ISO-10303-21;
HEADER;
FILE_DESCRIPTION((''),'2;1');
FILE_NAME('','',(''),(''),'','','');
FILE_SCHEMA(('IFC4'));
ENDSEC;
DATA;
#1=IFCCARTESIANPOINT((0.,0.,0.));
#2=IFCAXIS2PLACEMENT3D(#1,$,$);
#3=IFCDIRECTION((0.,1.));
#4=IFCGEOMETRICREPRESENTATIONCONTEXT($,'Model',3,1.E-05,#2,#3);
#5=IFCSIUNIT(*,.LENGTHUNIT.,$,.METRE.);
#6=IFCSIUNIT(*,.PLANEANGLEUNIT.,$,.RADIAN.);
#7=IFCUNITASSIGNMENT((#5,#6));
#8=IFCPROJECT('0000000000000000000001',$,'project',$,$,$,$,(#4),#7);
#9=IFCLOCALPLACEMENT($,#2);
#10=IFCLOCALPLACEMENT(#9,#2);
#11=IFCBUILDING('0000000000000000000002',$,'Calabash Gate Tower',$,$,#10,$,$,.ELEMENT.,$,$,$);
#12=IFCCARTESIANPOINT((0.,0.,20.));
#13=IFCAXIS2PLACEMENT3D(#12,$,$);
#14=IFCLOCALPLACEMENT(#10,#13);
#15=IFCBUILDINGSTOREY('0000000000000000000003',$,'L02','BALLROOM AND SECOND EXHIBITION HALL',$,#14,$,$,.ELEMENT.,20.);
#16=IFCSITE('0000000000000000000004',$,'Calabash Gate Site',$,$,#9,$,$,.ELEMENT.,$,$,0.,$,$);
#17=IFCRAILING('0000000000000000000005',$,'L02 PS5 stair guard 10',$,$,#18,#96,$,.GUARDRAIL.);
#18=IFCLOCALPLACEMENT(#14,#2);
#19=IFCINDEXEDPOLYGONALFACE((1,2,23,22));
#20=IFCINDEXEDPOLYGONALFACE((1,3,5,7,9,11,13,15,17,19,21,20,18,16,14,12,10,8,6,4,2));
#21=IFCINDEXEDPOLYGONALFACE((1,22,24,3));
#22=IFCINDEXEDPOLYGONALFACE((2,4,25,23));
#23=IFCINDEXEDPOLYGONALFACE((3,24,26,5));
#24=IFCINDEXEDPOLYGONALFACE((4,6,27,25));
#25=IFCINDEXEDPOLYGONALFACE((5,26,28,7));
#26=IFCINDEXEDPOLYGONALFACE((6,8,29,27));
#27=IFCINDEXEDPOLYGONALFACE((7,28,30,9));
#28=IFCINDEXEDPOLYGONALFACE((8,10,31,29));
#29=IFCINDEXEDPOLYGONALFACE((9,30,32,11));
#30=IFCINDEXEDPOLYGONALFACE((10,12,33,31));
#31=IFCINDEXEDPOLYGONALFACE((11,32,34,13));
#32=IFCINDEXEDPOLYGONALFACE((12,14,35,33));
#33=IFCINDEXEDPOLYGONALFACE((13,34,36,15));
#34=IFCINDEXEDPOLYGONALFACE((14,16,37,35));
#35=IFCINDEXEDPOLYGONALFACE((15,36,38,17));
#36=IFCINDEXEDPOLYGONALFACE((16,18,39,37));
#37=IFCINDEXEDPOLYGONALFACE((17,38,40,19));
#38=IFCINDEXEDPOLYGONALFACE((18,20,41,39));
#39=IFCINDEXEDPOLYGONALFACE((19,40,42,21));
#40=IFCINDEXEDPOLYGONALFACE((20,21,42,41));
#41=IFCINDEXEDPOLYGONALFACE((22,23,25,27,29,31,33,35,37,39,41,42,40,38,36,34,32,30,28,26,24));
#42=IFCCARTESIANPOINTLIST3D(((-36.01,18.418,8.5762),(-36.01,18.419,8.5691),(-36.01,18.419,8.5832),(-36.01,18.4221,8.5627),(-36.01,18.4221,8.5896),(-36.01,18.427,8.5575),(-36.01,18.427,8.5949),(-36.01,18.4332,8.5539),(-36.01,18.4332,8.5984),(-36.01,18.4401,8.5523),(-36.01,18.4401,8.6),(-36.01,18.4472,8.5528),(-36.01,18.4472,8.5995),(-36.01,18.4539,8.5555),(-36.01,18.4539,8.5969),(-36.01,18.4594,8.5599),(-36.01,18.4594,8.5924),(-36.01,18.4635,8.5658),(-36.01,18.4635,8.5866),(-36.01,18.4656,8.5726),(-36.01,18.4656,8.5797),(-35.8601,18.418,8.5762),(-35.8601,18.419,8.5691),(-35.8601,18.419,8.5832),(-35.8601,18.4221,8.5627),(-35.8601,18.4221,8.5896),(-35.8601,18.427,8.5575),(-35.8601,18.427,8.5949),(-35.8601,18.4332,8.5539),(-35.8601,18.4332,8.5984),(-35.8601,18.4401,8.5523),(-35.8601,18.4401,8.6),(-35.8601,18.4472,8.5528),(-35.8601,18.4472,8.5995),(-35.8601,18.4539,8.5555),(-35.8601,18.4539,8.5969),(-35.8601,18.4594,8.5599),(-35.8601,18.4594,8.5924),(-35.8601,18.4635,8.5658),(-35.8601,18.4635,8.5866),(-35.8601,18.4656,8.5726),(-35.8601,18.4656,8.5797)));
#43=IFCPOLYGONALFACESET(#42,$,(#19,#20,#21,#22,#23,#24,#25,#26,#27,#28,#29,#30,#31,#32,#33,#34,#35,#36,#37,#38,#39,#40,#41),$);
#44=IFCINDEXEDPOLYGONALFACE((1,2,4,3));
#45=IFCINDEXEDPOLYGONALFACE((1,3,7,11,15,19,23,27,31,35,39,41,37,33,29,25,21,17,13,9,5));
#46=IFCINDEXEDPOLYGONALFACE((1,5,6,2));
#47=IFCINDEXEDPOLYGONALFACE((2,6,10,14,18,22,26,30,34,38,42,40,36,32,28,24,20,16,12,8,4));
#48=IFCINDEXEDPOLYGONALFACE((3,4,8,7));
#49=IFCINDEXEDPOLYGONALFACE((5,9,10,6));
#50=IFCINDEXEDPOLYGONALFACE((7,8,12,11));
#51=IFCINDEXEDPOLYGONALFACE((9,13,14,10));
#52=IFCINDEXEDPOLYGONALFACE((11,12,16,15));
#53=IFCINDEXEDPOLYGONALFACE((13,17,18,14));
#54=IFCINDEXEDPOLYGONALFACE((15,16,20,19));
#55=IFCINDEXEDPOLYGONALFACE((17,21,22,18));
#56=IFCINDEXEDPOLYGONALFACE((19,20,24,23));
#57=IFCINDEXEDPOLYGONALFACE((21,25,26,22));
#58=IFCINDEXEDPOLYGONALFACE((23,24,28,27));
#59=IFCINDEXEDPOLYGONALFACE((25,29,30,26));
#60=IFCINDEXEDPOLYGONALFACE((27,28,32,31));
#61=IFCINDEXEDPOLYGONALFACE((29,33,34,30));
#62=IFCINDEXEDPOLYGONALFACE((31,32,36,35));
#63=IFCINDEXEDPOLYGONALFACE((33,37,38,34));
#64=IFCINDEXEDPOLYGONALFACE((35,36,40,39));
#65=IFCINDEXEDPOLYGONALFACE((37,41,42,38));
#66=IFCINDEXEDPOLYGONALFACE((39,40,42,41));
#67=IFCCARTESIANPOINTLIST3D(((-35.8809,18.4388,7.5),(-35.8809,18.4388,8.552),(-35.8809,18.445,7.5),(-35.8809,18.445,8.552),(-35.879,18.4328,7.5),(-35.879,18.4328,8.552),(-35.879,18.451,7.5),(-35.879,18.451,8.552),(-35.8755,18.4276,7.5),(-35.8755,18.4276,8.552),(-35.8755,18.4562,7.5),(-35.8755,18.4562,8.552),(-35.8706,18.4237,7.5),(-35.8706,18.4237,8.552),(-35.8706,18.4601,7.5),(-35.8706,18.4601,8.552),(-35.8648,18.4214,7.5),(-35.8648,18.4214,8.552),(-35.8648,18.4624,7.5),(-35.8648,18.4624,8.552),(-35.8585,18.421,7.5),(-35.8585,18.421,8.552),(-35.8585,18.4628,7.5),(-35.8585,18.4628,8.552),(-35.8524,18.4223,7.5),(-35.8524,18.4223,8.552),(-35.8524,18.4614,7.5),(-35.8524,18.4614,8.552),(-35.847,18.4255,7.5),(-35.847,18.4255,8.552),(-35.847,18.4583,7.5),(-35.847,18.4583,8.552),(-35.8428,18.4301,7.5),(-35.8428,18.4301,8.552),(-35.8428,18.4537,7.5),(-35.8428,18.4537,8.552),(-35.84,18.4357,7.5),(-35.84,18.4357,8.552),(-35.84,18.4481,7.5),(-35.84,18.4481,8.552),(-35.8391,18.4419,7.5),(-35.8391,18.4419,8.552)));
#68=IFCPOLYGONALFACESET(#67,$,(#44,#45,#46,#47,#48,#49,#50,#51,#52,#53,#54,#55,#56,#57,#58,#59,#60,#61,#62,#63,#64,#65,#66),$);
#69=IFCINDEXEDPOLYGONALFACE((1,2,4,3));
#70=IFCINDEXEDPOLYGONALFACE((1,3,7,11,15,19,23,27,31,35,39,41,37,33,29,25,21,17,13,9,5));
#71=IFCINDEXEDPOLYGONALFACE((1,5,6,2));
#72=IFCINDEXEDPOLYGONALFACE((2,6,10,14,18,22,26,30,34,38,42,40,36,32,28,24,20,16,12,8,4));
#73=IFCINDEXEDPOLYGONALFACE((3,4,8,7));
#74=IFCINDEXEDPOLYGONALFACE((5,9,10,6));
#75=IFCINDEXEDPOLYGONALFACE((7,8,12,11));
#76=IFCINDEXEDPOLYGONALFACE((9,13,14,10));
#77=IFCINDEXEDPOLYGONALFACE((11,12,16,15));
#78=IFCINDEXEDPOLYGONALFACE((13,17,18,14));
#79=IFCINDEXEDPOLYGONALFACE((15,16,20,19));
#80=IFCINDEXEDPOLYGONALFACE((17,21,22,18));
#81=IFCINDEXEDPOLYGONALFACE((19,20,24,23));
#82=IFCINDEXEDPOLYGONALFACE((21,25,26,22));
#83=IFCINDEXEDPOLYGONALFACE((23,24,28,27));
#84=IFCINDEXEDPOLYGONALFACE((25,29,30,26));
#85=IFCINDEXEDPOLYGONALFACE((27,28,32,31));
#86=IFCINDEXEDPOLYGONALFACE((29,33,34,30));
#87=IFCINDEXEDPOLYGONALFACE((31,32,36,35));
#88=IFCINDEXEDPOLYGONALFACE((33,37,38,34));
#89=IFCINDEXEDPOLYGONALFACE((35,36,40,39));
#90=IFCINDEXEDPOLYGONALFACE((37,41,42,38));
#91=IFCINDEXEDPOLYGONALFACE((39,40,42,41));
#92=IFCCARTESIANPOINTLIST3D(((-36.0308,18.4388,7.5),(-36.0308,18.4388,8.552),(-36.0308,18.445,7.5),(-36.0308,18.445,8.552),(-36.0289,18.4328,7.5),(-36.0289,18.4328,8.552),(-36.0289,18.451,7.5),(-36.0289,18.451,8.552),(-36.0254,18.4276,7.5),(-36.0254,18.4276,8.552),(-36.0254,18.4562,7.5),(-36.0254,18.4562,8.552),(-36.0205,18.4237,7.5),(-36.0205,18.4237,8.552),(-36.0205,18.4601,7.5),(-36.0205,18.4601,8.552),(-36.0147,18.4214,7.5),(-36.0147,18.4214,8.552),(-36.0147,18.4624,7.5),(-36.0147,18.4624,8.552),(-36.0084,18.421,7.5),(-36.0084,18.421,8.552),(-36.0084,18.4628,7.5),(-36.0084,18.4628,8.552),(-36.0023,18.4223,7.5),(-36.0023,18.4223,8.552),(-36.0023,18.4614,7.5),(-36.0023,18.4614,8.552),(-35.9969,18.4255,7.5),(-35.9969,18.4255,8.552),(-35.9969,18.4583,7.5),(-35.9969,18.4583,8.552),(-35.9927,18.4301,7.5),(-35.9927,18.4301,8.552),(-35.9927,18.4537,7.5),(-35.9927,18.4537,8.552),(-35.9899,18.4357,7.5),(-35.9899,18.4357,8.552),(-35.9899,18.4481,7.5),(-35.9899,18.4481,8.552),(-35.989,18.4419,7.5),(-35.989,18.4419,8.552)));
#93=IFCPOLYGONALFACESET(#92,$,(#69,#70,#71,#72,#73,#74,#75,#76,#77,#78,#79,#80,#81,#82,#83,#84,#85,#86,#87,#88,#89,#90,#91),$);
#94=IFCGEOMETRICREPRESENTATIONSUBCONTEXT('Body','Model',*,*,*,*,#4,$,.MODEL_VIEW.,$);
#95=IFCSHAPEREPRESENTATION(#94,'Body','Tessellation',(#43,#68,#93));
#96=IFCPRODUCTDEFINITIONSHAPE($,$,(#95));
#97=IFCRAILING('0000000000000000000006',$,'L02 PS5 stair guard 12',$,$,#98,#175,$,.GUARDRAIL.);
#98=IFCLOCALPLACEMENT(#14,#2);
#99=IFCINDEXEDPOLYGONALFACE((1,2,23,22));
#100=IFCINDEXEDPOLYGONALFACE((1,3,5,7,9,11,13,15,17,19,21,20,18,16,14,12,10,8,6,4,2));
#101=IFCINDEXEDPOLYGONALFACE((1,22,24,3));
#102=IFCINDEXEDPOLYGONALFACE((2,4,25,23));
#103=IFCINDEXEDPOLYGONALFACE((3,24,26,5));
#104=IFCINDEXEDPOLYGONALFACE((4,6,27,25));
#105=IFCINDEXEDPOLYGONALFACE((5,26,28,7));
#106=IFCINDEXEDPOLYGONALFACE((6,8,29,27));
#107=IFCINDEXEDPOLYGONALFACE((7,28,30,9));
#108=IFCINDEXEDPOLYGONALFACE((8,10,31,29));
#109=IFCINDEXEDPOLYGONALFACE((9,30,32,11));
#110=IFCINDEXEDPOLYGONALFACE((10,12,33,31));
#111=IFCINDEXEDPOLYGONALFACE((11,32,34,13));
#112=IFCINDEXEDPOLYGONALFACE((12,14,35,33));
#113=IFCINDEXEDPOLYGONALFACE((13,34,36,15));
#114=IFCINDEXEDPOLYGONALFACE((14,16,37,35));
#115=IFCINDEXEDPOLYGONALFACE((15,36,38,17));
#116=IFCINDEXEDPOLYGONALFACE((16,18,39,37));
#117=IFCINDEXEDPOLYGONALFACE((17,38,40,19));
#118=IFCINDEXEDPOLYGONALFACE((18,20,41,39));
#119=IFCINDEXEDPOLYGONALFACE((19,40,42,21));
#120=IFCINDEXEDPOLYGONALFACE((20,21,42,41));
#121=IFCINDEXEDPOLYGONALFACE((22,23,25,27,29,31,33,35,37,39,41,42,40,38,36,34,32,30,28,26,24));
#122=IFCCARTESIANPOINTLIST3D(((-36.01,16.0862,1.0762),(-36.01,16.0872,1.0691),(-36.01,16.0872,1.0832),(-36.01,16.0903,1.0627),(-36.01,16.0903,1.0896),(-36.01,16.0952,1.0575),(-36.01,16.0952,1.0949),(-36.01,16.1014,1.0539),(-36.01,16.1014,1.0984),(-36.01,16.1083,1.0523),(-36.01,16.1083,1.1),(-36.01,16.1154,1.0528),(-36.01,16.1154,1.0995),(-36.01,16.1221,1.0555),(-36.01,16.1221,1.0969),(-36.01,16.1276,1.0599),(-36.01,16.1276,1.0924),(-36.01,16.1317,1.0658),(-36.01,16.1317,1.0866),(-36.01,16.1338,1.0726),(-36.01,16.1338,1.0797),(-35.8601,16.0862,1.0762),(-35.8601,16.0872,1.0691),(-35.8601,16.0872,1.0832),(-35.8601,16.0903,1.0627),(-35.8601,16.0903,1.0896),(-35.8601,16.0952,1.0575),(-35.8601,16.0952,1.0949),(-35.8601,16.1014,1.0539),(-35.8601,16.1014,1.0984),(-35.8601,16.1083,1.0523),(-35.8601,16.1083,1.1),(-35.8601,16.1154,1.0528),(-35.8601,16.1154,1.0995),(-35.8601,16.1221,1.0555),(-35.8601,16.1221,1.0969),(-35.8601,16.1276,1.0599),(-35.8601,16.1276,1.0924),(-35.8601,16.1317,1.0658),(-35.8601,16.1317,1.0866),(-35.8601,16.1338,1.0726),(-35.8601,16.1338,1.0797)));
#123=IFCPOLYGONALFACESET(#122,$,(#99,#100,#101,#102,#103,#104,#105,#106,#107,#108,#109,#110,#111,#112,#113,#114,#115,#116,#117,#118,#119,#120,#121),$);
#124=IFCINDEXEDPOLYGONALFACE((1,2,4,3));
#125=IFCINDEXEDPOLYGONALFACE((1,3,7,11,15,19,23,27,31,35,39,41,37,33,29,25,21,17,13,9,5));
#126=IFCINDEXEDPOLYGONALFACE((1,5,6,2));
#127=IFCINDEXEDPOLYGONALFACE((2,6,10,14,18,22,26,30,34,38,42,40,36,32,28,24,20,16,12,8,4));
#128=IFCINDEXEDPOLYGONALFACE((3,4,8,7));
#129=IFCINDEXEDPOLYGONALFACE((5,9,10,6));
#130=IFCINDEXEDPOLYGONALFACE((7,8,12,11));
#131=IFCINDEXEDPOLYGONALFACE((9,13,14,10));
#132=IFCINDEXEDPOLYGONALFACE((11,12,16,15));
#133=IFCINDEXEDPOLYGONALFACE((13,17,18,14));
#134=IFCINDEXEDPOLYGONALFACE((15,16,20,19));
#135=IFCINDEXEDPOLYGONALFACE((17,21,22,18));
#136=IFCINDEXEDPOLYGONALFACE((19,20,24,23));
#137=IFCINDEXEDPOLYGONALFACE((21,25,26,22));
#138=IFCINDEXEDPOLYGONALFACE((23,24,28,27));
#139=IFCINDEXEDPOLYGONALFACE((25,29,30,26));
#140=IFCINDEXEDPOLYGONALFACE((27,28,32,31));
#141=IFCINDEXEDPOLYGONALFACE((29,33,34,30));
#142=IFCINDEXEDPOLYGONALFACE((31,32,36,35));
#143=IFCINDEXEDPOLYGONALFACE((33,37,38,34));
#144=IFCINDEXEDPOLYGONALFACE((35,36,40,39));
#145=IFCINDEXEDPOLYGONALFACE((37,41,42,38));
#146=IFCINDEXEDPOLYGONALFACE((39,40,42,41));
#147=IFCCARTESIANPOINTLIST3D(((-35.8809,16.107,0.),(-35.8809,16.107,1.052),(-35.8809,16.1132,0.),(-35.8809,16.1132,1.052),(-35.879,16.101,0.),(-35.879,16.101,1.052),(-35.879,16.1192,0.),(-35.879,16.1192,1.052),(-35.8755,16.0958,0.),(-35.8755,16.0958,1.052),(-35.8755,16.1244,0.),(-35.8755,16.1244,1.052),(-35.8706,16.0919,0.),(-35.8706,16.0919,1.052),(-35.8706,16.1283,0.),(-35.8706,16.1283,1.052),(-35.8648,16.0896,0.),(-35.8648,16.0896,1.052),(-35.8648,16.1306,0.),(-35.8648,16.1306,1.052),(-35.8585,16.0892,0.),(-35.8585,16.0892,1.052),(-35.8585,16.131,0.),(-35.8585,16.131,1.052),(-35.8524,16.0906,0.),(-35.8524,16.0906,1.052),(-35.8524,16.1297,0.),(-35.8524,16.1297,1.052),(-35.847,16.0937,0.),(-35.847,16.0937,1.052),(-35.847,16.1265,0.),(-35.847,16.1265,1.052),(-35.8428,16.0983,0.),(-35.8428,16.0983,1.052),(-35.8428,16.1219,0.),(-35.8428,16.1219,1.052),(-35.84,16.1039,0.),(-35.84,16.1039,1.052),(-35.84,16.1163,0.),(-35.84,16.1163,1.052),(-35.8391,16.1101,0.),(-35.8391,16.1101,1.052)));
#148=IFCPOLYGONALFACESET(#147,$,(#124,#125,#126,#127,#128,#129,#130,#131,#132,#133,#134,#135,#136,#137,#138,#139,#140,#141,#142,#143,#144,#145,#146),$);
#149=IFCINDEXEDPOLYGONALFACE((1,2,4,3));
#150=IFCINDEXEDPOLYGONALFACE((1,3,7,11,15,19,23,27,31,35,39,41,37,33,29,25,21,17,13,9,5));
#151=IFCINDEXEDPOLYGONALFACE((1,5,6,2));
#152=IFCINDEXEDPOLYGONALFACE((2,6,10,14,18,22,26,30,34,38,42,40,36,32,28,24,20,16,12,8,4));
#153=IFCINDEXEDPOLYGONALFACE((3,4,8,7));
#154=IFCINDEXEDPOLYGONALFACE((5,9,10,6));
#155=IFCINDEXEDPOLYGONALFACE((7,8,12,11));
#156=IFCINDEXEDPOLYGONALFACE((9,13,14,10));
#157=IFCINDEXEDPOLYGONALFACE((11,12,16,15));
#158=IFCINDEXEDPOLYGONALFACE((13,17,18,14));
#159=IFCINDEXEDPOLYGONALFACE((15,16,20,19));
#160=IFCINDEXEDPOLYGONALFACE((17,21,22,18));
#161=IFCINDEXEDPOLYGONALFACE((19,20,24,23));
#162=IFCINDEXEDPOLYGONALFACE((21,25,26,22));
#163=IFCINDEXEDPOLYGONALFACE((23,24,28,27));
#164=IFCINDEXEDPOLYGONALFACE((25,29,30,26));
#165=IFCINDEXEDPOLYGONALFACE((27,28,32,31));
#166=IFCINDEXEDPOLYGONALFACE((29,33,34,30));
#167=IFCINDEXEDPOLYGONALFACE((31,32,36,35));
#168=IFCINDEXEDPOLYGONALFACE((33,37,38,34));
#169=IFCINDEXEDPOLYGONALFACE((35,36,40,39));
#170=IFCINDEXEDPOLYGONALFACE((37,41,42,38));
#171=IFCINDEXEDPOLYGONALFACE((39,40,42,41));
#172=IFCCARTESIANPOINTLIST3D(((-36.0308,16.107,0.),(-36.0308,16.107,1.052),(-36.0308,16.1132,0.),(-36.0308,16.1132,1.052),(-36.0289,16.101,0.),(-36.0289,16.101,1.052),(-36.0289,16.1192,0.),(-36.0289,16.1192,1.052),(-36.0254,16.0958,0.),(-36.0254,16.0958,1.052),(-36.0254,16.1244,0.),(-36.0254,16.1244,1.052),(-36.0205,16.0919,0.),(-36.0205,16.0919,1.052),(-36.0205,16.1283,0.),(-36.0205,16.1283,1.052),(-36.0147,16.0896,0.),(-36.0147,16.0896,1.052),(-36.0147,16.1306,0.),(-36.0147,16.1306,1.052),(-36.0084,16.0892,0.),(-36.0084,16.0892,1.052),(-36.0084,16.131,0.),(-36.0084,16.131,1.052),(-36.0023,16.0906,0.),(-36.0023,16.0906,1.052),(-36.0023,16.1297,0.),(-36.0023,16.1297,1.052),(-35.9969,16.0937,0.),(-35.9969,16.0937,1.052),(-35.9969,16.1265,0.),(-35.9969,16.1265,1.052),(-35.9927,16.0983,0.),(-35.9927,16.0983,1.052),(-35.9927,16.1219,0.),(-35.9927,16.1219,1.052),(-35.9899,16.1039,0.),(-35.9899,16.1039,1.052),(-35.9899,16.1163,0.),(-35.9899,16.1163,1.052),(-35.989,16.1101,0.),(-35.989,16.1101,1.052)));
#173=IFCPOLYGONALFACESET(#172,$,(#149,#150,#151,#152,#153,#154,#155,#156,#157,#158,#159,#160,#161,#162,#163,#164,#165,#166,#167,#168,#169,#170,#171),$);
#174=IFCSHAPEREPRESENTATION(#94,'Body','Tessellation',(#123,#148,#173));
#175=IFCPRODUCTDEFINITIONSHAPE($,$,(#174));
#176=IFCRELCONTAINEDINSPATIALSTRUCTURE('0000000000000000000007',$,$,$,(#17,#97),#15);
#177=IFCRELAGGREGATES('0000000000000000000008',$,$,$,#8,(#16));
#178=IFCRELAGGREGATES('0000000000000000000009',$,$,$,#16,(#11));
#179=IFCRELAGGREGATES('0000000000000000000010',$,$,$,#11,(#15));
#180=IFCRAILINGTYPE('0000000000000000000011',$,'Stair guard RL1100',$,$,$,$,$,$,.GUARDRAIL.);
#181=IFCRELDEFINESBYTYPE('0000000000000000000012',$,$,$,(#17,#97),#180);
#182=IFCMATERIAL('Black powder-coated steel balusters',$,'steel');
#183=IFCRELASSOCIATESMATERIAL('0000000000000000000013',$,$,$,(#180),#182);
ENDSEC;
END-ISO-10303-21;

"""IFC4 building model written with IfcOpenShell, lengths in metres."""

from ifc_helpers import new_model, si_unit, direction, frame, origin, origin_2d, place, context, subcontext, project, spatial, circle, extrude, material, type_object, element, save


model = new_model("IFC4")

# Units and contexts
model_context = context("Model", 3, precision=1e-05, world=origin(), true_north=direction((0.0, 1.0)))
body_context = subcontext(model_context, "Body", "Model", "MODEL_VIEW")
ifc_project = project(units=[si_unit("LENGTHUNIT", "METRE"), si_unit("PLANEANGLEUNIT", "RADIAN")], contexts=[model_context])

# Site, building, storey
site_placement = place(None, origin())
site = spatial("IfcSite", under=ifc_project, at=site_placement, Name="Calabash Gate Site", CompositionType="ELEMENT", RefElevation=0.0)
building_placement = place(site_placement, origin())
building = spatial("IfcBuilding", under=site, at=building_placement, Name="Calabash Gate Tower", CompositionType="ELEMENT")
storey_placement = place(building_placement, frame((0.0, 0.0, 20.0)))
storey = spatial("IfcBuildingStorey", under=building, at=storey_placement, Name="L02", Description="BALLROOM AND SECOND EXHIBITION HALL", CompositionType="ELEMENT", Elevation=20.0)

# Railings
ifc_material_1 = material(Name="Black powder-coated steel balusters", Category="steel")
railing_type_1 = type_object("IfcRailingType", Name="Stair guard RL1100", PredefinedType="GUARDRAIL", material=ifc_material_1)
for number, where, name in (
    (1, (-35.8601, 18.4419, 7.5), "L02 PS5 stair guard 10"),
    (2, (-35.8601, 16.1101, 0.0), "L02 PS5 stair guard 12"),
):
    element("IfcRailing", number, at=place(storey_placement, frame(where)), inside=storey, type_object=railing_type_1, Name=name, PredefinedType="GUARDRAIL", context=body_context, shape_type="SweptSolid", body=[
        extrude(circle(Radius=0.0239, at=origin_2d()), frame((0.0, 0.0, 1.0762), z_axis=(-1.0, 0.0, 0.0), x_axis=(0.0, -1.0, 0.0)), (0.0, 0.0, 1.0), 0.1499),
        extrude(circle(Radius=0.021, at=origin_2d()), origin(), (0.0, 0.0, 1.0), 1.052),
        extrude(circle(Radius=0.021, at=origin_2d()), frame((-0.1499, 0.0, 0.0)), (0.0, 0.0, 1.0), 1.052),
    ])

save(model, "model.ifc")
